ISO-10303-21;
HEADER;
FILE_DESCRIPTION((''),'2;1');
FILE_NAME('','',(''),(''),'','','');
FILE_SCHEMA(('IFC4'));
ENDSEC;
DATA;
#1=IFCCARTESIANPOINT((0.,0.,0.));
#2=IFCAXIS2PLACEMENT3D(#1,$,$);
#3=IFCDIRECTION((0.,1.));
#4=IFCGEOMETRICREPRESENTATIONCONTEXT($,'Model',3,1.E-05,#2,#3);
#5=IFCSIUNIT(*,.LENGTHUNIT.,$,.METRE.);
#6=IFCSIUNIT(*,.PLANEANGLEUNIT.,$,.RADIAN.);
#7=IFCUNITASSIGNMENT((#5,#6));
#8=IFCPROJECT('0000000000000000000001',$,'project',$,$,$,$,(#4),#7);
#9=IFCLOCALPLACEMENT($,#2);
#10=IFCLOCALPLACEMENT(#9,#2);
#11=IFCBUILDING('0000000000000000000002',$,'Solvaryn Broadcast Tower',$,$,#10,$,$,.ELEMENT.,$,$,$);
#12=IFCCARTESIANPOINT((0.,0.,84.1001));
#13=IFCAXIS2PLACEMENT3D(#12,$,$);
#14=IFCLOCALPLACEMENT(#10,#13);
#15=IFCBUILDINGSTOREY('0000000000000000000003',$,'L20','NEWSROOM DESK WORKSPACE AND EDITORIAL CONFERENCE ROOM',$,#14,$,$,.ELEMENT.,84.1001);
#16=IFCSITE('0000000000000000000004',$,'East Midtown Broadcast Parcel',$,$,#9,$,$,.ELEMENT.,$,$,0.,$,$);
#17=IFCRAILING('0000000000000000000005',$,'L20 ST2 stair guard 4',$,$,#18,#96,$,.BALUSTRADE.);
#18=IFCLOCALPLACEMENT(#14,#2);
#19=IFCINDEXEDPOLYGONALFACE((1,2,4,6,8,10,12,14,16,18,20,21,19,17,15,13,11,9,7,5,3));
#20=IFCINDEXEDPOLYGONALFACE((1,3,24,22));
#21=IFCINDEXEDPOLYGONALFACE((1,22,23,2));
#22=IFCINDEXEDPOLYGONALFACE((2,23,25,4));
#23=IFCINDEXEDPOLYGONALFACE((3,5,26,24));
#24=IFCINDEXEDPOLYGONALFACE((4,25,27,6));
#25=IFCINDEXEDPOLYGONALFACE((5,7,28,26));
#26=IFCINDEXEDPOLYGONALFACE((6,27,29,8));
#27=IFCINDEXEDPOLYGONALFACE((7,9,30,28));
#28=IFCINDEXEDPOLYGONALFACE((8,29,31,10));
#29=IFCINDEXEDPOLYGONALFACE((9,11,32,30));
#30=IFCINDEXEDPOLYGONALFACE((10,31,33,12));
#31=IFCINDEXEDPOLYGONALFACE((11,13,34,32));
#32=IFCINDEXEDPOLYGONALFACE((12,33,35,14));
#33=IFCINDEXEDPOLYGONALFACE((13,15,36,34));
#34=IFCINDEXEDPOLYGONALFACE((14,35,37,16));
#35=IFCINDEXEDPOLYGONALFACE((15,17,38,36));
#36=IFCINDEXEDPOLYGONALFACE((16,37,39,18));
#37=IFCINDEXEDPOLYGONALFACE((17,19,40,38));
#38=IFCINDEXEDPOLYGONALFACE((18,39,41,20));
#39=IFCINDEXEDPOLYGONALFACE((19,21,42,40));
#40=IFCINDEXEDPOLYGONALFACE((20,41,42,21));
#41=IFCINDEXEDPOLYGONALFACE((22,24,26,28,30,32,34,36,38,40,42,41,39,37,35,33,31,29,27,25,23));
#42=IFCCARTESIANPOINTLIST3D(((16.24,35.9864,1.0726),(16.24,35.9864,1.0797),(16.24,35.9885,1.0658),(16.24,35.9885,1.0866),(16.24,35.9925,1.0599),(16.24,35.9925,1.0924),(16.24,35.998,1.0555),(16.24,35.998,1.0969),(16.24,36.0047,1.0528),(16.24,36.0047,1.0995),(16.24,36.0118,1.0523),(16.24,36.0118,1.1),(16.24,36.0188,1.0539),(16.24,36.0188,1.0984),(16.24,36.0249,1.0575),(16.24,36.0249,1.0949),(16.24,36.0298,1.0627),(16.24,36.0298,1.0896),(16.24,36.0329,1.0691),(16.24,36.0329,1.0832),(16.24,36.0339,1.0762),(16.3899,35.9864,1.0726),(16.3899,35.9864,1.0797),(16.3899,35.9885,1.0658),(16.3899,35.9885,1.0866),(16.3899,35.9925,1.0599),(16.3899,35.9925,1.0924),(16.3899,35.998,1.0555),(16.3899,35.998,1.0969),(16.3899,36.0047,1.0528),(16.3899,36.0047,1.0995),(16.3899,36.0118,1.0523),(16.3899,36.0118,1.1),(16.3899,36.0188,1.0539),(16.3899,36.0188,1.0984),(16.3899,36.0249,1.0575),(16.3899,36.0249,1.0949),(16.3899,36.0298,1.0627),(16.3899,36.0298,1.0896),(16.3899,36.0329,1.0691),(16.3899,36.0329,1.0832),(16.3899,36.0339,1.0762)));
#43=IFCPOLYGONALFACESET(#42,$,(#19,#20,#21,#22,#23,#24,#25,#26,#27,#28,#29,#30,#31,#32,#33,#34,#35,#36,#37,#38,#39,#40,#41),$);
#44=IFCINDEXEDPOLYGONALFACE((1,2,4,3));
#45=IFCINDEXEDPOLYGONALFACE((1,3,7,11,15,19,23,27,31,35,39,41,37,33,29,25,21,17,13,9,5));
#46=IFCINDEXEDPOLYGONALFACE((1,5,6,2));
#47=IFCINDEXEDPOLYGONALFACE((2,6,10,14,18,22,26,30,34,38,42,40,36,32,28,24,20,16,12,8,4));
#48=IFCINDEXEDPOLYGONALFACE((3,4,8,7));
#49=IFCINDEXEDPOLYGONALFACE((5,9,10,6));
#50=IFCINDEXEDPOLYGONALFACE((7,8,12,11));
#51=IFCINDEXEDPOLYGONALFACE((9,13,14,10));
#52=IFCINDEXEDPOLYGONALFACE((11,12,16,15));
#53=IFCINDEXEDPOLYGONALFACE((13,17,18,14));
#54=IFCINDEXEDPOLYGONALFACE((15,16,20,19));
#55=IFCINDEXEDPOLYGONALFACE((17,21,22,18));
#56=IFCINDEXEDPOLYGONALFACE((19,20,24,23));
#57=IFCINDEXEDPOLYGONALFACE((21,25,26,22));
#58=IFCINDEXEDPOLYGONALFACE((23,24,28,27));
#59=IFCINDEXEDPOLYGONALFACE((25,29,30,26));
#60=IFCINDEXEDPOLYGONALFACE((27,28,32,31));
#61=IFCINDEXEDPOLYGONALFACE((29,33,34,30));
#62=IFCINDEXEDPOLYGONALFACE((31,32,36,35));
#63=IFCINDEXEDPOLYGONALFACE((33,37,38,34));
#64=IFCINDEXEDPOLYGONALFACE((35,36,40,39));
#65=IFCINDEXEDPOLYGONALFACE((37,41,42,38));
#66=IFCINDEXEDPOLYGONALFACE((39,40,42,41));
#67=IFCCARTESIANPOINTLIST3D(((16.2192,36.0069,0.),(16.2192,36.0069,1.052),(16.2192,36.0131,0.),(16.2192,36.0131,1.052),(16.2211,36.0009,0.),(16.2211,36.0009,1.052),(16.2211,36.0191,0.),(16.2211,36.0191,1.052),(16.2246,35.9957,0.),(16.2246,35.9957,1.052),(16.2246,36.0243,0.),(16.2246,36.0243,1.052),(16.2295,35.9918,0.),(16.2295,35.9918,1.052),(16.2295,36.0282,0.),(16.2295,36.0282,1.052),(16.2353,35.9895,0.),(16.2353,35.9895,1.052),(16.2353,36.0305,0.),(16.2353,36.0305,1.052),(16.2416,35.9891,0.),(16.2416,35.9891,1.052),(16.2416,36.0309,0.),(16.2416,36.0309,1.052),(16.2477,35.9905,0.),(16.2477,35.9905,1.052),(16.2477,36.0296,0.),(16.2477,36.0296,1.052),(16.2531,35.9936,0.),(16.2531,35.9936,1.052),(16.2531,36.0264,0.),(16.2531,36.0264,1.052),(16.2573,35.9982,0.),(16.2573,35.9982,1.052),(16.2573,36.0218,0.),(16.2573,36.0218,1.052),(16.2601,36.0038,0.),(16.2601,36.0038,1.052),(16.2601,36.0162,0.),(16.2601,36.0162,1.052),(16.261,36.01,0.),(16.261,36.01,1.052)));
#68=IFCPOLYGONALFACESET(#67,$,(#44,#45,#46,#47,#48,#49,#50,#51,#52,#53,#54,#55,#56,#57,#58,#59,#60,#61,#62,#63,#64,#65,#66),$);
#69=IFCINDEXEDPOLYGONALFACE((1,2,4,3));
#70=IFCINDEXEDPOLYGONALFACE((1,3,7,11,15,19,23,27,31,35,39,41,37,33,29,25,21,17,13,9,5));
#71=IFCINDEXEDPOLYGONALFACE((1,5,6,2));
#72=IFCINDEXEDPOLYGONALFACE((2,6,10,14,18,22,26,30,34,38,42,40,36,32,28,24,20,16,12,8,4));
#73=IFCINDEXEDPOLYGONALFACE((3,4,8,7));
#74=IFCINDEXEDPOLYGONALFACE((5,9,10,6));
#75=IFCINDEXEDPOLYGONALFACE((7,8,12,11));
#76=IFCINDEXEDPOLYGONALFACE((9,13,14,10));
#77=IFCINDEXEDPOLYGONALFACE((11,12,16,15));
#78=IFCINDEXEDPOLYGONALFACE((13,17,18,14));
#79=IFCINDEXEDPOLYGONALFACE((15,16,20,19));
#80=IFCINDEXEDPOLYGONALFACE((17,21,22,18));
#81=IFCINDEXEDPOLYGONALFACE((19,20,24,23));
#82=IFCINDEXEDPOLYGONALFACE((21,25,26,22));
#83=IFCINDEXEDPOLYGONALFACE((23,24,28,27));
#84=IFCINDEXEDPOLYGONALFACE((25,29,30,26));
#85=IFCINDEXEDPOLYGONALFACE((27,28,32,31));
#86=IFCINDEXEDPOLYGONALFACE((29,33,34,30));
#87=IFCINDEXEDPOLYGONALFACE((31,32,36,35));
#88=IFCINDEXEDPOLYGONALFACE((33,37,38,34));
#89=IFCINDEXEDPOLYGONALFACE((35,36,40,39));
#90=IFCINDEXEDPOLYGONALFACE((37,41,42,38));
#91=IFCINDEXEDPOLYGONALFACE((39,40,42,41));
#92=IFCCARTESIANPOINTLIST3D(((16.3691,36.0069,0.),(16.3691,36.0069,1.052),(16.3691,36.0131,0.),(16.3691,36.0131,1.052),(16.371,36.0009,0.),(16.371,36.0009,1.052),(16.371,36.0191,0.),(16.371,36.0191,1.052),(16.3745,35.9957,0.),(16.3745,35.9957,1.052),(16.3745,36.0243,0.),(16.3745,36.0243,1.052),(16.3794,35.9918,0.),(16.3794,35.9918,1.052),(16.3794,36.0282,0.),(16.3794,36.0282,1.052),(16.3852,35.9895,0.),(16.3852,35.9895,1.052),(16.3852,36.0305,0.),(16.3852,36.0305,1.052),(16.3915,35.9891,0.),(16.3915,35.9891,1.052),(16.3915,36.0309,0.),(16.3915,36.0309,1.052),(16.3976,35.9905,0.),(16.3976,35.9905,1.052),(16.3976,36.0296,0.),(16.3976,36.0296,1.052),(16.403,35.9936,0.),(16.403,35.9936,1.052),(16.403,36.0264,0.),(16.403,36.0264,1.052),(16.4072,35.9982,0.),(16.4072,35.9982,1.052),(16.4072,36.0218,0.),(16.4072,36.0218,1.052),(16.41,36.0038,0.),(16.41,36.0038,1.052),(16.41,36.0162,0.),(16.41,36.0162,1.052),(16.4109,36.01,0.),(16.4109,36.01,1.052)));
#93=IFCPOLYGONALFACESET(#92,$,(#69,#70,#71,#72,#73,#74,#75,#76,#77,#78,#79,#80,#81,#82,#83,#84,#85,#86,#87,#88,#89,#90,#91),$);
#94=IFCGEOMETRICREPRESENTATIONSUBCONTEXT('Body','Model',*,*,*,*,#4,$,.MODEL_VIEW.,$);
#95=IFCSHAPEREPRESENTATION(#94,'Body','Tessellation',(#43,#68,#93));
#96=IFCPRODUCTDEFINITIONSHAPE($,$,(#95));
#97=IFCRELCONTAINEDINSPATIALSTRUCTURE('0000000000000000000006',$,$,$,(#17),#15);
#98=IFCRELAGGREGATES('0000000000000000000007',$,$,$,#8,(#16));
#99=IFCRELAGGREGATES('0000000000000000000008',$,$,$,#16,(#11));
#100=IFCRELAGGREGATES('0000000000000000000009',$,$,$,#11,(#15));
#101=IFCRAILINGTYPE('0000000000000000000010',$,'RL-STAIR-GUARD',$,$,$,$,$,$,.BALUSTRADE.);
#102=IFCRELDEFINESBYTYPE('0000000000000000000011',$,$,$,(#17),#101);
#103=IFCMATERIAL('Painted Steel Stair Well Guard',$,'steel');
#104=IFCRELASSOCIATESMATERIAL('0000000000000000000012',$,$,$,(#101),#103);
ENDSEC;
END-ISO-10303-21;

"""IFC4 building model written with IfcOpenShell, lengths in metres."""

from ifc_helpers import new_model, si_unit, direction, frame, origin, origin_2d, place, context, subcontext, project, spatial, circle, extrude, material, type_object, element, save


model = new_model("IFC4")

# Units and contexts
model_context = context("Model", 3, precision=1e-05, world=origin(), true_north=direction((0.0, 1.0)))
body_context = subcontext(model_context, "Body", "Model", "MODEL_VIEW")
ifc_project = project(units=[si_unit("LENGTHUNIT", "METRE"), si_unit("PLANEANGLEUNIT", "RADIAN")], contexts=[model_context])

# Site, building, storey
site_placement = place(None, origin())
site = spatial("IfcSite", under=ifc_project, at=site_placement, Name="East Midtown Broadcast Parcel", CompositionType="ELEMENT", RefElevation=0.0)
building_placement = place(site_placement, origin())
building = spatial("IfcBuilding", under=site, at=building_placement, Name="Solvaryn Broadcast Tower", CompositionType="ELEMENT")
storey_placement = place(building_placement, frame((0.0, 0.0, 84.1001)))
storey = spatial("IfcBuildingStorey", under=building, at=storey_placement, Name="L20", Description="NEWSROOM DESK WORKSPACE AND EDITORIAL CONFERENCE ROOM", CompositionType="ELEMENT", Elevation=84.1001)

# Railing
ifc_material_1 = material(Name="Painted Steel Stair Well Guard", Category="steel")
railing_type_1 = type_object("IfcRailingType", Name="RL-STAIR-GUARD", PredefinedType="BALUSTRADE", material=ifc_material_1)
railing_1_placement = place(storey_placement, frame((16.24, 36.01, 0.0)))
element("IfcRailing", 1, at=railing_1_placement, inside=storey, type_object=railing_type_1, Name="L20 ST2 stair guard 4", PredefinedType="BALUSTRADE", context=body_context, shape_type="SweptSolid", body=[
    extrude(circle(Radius=0.0239, at=origin_2d()), frame((0.0, 0.0, 1.0762), z_axis=(1.0, 0.0, 0.0), x_axis=(0.0, 1.0, 0.0)), (0.0, 0.0, 1.0), 0.1499),
    extrude(circle(Radius=0.021, at=origin_2d()), origin(), (0.0, 0.0, 1.0), 1.052),
    extrude(circle(Radius=0.021, at=origin_2d()), frame((0.1499, 0.0, 0.0)), (0.0, 0.0, 1.0), 1.052),
])

save(model, "model.ifc")
